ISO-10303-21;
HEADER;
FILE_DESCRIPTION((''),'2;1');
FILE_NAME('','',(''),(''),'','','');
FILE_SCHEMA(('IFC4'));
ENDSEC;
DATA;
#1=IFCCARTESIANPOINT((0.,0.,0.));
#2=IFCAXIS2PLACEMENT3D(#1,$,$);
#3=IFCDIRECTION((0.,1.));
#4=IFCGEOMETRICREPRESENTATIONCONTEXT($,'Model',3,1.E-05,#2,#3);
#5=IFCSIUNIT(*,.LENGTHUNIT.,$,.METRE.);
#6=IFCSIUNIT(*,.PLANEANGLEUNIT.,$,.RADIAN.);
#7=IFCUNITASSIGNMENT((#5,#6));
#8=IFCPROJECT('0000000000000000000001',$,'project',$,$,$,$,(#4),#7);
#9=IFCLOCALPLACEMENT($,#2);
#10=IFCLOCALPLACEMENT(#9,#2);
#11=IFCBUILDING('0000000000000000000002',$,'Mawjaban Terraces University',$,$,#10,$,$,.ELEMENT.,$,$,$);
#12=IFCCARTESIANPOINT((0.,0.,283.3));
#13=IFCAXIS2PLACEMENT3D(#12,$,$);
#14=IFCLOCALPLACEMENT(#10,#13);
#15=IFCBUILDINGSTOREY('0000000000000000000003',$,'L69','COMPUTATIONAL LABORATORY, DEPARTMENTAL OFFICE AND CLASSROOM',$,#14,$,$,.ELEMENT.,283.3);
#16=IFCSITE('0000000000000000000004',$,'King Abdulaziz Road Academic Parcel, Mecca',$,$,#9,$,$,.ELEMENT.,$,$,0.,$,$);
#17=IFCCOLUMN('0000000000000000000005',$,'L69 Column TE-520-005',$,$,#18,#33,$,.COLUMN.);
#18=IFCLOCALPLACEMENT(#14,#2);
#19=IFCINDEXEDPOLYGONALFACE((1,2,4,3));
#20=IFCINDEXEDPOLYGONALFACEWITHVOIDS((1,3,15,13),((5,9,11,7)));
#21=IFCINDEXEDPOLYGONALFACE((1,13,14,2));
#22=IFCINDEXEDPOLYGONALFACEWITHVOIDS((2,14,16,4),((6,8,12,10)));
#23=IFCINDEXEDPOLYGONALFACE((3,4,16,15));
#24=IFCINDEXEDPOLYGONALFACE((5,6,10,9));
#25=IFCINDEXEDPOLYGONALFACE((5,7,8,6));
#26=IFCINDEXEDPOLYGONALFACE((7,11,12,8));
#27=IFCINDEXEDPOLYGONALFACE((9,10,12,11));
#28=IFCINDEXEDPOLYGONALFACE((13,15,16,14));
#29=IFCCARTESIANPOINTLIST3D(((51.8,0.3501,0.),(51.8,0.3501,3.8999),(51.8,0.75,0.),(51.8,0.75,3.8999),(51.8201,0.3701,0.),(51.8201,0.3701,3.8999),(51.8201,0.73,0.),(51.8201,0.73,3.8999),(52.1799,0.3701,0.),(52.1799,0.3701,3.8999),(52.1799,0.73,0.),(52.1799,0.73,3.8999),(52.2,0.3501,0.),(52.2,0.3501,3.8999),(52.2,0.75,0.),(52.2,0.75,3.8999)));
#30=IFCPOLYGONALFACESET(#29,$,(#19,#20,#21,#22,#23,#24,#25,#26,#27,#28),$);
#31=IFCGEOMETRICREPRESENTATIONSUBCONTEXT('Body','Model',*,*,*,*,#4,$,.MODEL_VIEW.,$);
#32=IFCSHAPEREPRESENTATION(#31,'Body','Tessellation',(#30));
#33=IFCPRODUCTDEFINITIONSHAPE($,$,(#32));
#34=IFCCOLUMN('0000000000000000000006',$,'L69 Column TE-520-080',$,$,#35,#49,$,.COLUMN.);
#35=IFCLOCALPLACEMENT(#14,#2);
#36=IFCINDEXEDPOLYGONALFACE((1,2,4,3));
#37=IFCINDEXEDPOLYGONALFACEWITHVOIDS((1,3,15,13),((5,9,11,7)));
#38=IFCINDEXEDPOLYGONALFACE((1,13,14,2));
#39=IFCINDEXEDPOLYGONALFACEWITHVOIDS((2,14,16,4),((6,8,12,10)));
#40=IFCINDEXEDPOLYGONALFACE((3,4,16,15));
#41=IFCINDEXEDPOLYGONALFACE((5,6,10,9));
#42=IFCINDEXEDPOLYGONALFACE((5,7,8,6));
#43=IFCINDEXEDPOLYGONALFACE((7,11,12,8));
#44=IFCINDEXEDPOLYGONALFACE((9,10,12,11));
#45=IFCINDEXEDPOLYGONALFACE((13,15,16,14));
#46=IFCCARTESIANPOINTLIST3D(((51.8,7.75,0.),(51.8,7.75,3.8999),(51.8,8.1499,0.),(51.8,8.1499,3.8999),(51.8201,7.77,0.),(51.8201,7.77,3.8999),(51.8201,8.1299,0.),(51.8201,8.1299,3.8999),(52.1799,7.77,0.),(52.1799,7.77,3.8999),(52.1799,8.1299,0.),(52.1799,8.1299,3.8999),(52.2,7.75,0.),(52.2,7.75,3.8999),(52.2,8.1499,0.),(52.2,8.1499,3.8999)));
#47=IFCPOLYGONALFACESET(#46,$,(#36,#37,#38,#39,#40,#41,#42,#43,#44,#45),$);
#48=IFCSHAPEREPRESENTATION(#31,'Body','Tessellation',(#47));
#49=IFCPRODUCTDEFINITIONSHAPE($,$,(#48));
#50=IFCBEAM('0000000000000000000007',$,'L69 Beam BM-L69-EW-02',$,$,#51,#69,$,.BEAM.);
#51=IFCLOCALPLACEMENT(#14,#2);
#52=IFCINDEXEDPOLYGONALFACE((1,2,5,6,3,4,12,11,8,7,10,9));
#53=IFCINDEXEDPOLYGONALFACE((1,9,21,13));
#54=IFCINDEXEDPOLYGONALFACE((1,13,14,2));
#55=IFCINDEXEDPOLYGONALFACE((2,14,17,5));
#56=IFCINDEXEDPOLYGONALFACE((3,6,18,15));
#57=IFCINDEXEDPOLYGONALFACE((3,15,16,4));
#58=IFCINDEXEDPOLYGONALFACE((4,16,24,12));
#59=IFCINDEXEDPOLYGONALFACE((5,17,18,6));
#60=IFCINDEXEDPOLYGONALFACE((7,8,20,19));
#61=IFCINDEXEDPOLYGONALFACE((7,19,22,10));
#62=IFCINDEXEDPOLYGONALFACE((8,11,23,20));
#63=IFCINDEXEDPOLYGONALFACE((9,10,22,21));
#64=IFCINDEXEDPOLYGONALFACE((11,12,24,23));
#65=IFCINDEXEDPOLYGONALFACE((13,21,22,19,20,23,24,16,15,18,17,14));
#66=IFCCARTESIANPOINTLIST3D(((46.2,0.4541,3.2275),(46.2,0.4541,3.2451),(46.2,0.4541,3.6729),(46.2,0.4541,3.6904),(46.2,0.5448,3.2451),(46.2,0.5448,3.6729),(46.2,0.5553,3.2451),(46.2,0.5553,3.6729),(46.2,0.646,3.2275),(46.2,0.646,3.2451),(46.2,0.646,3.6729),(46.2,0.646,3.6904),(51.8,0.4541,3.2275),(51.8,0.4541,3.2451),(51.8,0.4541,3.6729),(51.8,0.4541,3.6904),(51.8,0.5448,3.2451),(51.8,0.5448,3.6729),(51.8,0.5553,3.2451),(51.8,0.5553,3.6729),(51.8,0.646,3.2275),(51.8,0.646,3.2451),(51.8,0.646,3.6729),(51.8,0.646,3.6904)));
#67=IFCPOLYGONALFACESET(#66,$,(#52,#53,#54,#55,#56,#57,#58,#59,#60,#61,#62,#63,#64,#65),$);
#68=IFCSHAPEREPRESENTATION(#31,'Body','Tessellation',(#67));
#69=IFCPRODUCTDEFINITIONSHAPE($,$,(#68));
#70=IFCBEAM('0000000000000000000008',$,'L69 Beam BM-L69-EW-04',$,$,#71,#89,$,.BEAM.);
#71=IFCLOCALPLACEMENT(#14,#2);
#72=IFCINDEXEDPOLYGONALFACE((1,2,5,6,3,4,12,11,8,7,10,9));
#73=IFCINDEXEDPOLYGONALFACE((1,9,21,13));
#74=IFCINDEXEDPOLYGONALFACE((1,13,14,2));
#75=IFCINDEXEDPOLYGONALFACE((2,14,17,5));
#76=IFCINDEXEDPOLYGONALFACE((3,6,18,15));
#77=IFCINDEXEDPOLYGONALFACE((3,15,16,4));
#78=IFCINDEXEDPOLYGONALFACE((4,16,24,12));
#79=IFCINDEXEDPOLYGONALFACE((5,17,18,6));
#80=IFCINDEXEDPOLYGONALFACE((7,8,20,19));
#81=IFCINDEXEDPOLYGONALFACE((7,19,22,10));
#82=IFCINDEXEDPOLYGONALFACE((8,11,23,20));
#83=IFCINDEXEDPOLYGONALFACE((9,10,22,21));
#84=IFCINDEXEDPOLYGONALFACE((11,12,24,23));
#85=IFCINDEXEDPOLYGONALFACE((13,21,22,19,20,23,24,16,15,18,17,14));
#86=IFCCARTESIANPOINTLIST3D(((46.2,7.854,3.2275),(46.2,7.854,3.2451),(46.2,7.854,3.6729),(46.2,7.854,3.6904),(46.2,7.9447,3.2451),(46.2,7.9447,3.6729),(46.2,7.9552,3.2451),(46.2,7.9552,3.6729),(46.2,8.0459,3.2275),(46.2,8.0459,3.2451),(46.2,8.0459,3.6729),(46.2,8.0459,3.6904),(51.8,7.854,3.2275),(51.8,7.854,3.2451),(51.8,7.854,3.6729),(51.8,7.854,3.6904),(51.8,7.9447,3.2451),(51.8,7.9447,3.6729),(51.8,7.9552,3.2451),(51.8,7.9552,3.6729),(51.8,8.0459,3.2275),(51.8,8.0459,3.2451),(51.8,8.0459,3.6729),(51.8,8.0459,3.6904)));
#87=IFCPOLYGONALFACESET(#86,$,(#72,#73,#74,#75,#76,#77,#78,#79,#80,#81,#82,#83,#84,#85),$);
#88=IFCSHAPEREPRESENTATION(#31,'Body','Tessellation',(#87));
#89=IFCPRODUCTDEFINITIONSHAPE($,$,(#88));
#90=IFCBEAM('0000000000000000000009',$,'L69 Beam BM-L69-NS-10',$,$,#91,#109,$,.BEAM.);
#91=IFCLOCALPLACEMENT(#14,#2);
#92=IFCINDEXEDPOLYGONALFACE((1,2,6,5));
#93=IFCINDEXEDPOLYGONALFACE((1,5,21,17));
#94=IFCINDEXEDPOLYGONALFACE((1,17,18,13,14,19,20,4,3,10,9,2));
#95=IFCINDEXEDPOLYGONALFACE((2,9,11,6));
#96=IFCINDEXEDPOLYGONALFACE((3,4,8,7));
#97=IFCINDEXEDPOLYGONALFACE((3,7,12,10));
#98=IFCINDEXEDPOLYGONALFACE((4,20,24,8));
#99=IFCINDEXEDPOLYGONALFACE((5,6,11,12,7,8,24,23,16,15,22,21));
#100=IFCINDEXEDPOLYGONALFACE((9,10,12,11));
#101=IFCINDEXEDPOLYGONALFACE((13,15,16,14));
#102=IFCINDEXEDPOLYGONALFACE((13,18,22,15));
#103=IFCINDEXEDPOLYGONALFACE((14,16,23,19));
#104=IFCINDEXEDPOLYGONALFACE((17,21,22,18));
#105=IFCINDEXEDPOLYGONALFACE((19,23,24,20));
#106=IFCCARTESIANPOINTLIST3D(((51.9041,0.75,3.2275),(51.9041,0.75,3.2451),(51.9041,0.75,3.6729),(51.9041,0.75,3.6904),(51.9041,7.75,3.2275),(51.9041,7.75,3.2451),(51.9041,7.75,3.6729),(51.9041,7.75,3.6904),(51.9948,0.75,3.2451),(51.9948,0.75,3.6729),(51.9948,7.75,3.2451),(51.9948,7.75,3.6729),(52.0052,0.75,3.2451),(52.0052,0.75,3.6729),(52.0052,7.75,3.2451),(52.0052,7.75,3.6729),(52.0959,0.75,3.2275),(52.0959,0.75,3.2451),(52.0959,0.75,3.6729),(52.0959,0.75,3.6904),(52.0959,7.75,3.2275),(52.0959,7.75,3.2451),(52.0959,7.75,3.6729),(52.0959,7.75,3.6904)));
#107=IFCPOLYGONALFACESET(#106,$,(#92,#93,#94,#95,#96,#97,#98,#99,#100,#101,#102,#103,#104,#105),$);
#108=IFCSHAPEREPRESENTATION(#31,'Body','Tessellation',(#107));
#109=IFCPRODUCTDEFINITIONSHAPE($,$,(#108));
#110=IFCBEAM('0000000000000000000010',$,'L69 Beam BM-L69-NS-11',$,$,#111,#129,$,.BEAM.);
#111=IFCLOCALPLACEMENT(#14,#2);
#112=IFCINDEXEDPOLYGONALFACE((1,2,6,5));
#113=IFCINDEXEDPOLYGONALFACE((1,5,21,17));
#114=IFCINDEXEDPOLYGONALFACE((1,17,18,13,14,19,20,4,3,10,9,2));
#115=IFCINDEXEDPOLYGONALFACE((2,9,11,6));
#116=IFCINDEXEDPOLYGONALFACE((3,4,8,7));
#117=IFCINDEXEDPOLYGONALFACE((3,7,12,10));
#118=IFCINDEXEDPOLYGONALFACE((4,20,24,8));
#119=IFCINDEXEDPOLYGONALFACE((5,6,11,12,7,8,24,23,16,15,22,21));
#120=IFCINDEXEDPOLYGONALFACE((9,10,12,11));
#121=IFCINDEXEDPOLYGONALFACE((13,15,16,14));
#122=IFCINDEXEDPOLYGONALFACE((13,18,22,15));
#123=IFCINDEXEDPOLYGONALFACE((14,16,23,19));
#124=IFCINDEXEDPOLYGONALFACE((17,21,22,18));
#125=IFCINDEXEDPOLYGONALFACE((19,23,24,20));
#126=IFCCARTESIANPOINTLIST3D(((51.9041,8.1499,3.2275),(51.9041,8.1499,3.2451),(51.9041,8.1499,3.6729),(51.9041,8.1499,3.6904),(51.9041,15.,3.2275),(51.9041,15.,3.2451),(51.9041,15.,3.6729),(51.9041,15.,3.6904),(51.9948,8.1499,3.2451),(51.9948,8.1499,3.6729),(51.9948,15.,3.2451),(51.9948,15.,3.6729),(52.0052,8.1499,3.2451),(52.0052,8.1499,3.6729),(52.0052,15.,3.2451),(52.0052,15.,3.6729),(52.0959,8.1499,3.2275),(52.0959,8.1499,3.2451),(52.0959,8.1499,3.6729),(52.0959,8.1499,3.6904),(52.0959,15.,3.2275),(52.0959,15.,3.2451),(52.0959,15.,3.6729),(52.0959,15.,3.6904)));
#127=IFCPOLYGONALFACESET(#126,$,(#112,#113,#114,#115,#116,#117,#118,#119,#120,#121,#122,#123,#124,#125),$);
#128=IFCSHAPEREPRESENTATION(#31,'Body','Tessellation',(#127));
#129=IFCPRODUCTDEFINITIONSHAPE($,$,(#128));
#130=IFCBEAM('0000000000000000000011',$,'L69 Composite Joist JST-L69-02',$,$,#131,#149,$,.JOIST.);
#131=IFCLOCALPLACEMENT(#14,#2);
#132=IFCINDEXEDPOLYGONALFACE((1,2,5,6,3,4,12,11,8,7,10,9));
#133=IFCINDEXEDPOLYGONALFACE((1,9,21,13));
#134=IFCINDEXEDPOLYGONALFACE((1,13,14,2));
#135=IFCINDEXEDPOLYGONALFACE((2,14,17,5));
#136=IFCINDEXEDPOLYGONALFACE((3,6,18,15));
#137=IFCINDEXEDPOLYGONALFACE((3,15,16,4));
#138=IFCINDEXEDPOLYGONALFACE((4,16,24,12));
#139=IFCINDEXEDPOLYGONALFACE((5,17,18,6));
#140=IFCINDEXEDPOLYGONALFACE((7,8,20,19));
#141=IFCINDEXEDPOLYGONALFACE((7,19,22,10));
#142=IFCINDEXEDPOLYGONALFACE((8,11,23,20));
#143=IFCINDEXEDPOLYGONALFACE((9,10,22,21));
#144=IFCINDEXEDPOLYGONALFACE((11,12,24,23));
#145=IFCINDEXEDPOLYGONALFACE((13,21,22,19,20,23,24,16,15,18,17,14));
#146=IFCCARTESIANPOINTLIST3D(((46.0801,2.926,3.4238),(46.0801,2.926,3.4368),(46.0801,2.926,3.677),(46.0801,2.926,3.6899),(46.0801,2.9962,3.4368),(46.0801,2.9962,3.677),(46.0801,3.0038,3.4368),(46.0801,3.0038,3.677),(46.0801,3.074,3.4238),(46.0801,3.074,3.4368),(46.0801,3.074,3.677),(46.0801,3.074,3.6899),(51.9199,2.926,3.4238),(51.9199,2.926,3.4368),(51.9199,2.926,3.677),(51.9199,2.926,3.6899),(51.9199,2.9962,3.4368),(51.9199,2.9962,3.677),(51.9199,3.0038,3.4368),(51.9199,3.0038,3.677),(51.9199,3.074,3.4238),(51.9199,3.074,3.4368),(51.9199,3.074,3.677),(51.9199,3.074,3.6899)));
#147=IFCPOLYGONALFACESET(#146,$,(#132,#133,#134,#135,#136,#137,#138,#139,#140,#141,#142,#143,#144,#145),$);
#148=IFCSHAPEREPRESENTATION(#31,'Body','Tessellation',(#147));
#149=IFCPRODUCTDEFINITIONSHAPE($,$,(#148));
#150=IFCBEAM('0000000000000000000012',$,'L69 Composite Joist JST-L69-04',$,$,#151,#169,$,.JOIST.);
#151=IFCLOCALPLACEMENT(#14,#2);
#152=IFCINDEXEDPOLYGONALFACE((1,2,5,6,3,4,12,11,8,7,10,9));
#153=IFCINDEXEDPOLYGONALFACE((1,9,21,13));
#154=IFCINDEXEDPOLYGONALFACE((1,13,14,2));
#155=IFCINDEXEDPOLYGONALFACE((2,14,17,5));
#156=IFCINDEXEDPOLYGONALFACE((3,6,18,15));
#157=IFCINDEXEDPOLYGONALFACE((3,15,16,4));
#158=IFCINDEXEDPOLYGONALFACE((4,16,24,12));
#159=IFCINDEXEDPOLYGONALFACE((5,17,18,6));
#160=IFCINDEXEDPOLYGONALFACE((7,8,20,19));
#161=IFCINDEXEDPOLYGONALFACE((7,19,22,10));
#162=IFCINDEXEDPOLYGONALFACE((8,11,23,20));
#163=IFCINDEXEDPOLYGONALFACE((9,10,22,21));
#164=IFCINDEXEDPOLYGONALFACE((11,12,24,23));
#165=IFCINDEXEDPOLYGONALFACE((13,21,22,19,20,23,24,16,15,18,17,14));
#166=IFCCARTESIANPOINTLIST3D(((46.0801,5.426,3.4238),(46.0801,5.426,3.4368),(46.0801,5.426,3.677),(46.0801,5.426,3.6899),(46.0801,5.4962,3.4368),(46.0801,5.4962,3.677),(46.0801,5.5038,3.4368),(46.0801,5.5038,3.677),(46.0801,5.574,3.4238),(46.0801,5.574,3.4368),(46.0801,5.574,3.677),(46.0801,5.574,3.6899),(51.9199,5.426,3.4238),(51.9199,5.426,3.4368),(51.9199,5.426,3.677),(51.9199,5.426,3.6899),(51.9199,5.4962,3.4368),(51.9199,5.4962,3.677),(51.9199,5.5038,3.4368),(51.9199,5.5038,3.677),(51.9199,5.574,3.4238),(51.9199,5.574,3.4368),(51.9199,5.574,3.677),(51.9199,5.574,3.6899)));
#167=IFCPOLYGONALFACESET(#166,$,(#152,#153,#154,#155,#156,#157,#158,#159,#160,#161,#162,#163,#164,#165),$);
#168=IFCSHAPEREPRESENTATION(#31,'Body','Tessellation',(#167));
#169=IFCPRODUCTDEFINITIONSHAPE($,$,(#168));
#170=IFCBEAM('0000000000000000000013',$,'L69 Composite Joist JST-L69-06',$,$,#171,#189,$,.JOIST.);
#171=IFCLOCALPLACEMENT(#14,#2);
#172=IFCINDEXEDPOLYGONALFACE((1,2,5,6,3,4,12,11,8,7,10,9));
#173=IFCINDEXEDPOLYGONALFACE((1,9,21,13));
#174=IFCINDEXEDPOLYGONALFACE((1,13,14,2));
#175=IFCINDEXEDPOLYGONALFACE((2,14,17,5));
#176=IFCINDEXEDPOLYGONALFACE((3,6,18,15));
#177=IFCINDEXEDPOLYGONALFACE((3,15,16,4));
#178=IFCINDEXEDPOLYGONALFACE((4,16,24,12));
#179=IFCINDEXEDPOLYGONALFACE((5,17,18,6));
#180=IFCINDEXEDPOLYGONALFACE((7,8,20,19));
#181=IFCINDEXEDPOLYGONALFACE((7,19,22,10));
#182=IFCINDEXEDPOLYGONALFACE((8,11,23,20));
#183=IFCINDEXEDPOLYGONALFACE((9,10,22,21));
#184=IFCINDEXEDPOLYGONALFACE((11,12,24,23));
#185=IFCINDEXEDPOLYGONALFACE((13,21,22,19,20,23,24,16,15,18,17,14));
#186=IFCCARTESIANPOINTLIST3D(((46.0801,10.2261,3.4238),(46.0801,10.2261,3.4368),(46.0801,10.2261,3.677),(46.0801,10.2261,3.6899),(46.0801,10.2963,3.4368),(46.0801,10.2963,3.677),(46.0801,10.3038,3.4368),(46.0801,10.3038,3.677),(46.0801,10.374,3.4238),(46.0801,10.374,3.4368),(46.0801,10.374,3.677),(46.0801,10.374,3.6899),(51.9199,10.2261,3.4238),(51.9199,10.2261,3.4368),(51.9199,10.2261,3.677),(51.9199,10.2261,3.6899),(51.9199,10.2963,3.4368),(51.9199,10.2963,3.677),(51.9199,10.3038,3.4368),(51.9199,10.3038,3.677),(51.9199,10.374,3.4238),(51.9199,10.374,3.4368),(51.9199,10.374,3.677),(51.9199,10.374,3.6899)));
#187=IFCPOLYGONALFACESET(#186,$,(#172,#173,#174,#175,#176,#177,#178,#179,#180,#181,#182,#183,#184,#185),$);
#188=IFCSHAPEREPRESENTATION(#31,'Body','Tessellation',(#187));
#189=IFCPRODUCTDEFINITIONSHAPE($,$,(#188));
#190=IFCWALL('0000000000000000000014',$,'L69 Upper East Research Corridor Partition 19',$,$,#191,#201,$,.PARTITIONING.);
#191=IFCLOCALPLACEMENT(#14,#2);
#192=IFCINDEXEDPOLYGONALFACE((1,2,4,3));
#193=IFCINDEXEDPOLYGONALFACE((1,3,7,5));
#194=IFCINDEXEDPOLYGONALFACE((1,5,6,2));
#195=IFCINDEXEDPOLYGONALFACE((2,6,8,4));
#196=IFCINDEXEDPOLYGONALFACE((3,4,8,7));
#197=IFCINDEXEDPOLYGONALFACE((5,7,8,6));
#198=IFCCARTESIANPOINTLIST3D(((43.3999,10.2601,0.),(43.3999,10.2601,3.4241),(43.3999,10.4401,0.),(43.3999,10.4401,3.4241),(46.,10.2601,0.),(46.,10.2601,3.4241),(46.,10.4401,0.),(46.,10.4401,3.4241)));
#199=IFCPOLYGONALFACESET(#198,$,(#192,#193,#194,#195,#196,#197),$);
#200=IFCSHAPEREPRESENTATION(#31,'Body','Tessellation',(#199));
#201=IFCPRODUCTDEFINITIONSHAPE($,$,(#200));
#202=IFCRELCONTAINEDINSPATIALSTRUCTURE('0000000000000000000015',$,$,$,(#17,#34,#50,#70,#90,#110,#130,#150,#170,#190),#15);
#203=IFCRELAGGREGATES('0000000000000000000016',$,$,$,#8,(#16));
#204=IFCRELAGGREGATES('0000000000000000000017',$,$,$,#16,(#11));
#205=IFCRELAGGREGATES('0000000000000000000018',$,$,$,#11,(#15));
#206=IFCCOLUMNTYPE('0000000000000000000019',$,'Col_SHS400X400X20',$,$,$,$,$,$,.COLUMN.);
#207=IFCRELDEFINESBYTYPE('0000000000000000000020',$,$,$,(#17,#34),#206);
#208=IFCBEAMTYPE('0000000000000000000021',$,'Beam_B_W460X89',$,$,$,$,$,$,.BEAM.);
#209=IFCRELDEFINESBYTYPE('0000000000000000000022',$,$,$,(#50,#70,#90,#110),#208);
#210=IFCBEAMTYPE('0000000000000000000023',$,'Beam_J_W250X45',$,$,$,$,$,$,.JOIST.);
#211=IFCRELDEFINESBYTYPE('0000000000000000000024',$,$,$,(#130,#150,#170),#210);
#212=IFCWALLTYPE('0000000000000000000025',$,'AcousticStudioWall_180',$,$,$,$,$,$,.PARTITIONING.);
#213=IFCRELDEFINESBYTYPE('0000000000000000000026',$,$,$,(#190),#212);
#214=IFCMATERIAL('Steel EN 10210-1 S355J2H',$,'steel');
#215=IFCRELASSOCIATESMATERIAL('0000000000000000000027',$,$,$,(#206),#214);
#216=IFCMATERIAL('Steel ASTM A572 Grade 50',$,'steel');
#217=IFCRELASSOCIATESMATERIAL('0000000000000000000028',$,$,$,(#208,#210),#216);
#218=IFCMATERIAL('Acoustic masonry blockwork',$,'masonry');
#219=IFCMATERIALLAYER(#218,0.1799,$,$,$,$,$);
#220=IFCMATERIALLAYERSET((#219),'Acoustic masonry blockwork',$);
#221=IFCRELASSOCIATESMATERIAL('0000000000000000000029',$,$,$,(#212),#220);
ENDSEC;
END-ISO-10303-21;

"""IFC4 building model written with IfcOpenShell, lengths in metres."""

from ifc_helpers import new_model, si_unit, direction, frame, frame_2d, origin, origin_2d, place, context, subcontext, project, spatial, rectangle, hollow_rectangle, i_section, extrude, material, layer, layer_set, material_profile, profile_set, type_object, element, save


model = new_model("IFC4")

# Units and contexts
model_context = context("Model", 3, precision=1e-05, world=origin(), true_north=direction((0.0, 1.0)))
body_context = subcontext(model_context, "Body", "Model", "MODEL_VIEW")
ifc_project = project(units=[si_unit("LENGTHUNIT", "METRE"), si_unit("PLANEANGLEUNIT", "RADIAN")], contexts=[model_context])

# Site, building, storey
site_placement = place(None, origin())
site = spatial("IfcSite", under=ifc_project, at=site_placement, Name="King Abdulaziz Road Academic Parcel, Mecca", CompositionType="ELEMENT", RefElevation=0.0)
building_placement = place(site_placement, origin())
building = spatial("IfcBuilding", under=site, at=building_placement, Name="Mawjaban Terraces University", CompositionType="ELEMENT")
storey_placement = place(building_placement, frame((0.0, 0.0, 283.3)))
storey = spatial("IfcBuildingStorey", under=building, at=storey_placement, Name="L69", Description="COMPUTATIONAL LABORATORY, DEPARTMENTAL OFFICE AND CLASSROOM", CompositionType="ELEMENT", Elevation=283.3)

# Columns
ifc_material_1 = material(Name="Steel EN 10210-1 S355J2H", Category="steel")
ifc_material_profile_1 = material_profile(ifc_material_1, hollow_rectangle(XDim=0.3999, YDim=0.3999, WallThickness=0.02, at=origin_2d()), Name="SHS400X400X20")
ifc_profile_set_1 = profile_set([ifc_material_profile_1], Name="Steel EN 10210-1 S355J2H")
column_type = type_object("IfcColumnType", Name="Col_SHS400X400X20", PredefinedType="COLUMN", material=ifc_profile_set_1)
for number, where, z_axis, x_axis, name in (
    (1, (52.0, 0.55, 0.0), (0.0, 0.0, 1.0), (1.0, 0.0, 0.0), "L69 Column TE-520-005"),
    (2, (52.0, 7.95, 0.0), (0.0, 0.0, 1.0), (1.0, 0.0, 0.0), "L69 Column TE-520-080"),
):
    element("IfcColumn", number, at=place(storey_placement, frame(where, z_axis=z_axis, x_axis=x_axis)), inside=storey, type_object=column_type, Name=name, PredefinedType="COLUMN", context=body_context, shape_type="SweptSolid", body=[
        extrude(hollow_rectangle(XDim=0.3999, YDim=0.3999, WallThickness=0.02, at=origin_2d()), origin(), (0.0, 0.0, 1.0), 3.8999),
    ])

# Beams
ifc_material_2 = material(Name="Steel ASTM A572 Grade 50", Category="steel")
ifc_material_profile_2 = material_profile(ifc_material_2, i_section(OverallWidth=0.1919, OverallDepth=0.4629, WebThickness=0.0105, FlangeThickness=0.0176, at=origin_2d()), Name="W460X89")
ifc_profile_set_2 = profile_set([ifc_material_profile_2], Name="Steel ASTM A572 Grade 50")
beam_type_1 = type_object("IfcBeamType", Name="Beam_B_W460X89", PredefinedType="BEAM", material=ifc_profile_set_2)
for number, where, z_axis, x_axis, name in (
    (3, (46.2, 0.55, 3.459), (1.0, 0.0, 0.0), (0.0, 1.0, 0.0), "L69 Beam BM-L69-EW-02"),
    (4, (46.2, 7.95, 3.459), (1.0, 0.0, 0.0), (0.0, 1.0, 0.0), "L69 Beam BM-L69-EW-04"),
):
    element("IfcBeam", number, at=place(storey_placement, frame(where, z_axis=z_axis, x_axis=x_axis)), inside=storey, type_object=beam_type_1, Name=name, PredefinedType="BEAM", context=body_context, shape_type="SweptSolid", body=[
        extrude(i_section(OverallWidth=0.1919, OverallDepth=0.4629, WebThickness=0.0105, FlangeThickness=0.0176, at=origin_2d()), origin(), (0.0, 0.0, 1.0), 5.6001),
    ])
beam_1_placement = place(storey_placement, frame((52.0, 0.75, 3.459), z_axis=(0.0, 1.0, 0.0), x_axis=(-1.0, 0.0, 0.0)))
element("IfcBeam", 5, at=beam_1_placement, inside=storey, type_object=beam_type_1, Name="L69 Beam BM-L69-NS-10", PredefinedType="BEAM", context=body_context, shape_type="SweptSolid", body=[
    extrude(i_section(OverallWidth=0.1919, OverallDepth=0.4629, WebThickness=0.0105, FlangeThickness=0.0176, at=origin_2d()), origin(), (0.0, 0.0, 1.0), 7.0),
])
beam_2_placement = place(storey_placement, frame((52.0, 8.1499, 3.459), z_axis=(0.0, 1.0, 0.0), x_axis=(-1.0, 0.0, 0.0)))
element("IfcBeam", 6, at=beam_2_placement, inside=storey, type_object=beam_type_1, Name="L69 Beam BM-L69-NS-11", PredefinedType="BEAM", context=body_context, shape_type="SweptSolid", body=[
    extrude(i_section(OverallWidth=0.1919, OverallDepth=0.4629, WebThickness=0.0105, FlangeThickness=0.0176, at=origin_2d()), origin(), (0.0, 0.0, 1.0), 6.8501),
])
ifc_material_profile_3 = material_profile(ifc_material_2, i_section(OverallWidth=0.1479, OverallDepth=0.2661, WebThickness=0.0076, FlangeThickness=0.0129, at=origin_2d()), Name="W250X45")
ifc_profile_set_3 = profile_set([ifc_material_profile_3], Name="Steel ASTM A572 Grade 50")
beam_type_2 = type_object("IfcBeamType", Name="Beam_J_W250X45", PredefinedType="JOIST", material=ifc_profile_set_3)
for number, where, z_axis, x_axis, name in (
    (7, (46.0801, 3.0, 3.5569), (1.0, 0.0, 0.0), (0.0, 1.0, 0.0), "L69 Composite Joist JST-L69-02"),
    (8, (46.0801, 5.5, 3.5569), (1.0, 0.0, 0.0), (0.0, 1.0, 0.0), "L69 Composite Joist JST-L69-04"),
    (9, (46.0801, 10.3, 3.5569), (1.0, 0.0, 0.0), (0.0, 1.0, 0.0), "L69 Composite Joist JST-L69-06"),
):
    element("IfcBeam", number, at=place(storey_placement, frame(where, z_axis=z_axis, x_axis=x_axis)), inside=storey, type_object=beam_type_2, Name=name, PredefinedType="JOIST", context=body_context, shape_type="SweptSolid", body=[
        extrude(i_section(OverallWidth=0.1479, OverallDepth=0.2661, WebThickness=0.0076, FlangeThickness=0.0129, at=origin_2d()), origin(), (0.0, 0.0, 1.0), 5.8398),
    ])

# Wall
ifc_material_3 = material(Name="Acoustic masonry blockwork", Category="masonry")
ifc_layer_1 = layer(ifc_material_3, 0.1799)
ifc_layer_set_1 = layer_set([ifc_layer_1], Name="Acoustic masonry blockwork")
wall_type_1 = type_object("IfcWallType", Name="AcousticStudioWall_180", PredefinedType="PARTITIONING", material=ifc_layer_set_1)
wall_1_placement = place(storey_placement, frame((46.0, 10.3501, 0.0), z_axis=(0.0, 0.0, 1.0), x_axis=(-1.0, 0.0, 0.0)))
element("IfcWall", 10, at=wall_1_placement, inside=storey, type_object=wall_type_1, Name="L69 Upper East Research Corridor Partition 19", PredefinedType="PARTITIONING", context=body_context, shape_type="SweptSolid", body=[
    extrude(rectangle(XDim=2.6001, YDim=0.1799, at=frame_2d((1.3, 0.0))), origin(), (0.0, 0.0, 1.0), 3.4241),
])

save(model, "model.ifc")
